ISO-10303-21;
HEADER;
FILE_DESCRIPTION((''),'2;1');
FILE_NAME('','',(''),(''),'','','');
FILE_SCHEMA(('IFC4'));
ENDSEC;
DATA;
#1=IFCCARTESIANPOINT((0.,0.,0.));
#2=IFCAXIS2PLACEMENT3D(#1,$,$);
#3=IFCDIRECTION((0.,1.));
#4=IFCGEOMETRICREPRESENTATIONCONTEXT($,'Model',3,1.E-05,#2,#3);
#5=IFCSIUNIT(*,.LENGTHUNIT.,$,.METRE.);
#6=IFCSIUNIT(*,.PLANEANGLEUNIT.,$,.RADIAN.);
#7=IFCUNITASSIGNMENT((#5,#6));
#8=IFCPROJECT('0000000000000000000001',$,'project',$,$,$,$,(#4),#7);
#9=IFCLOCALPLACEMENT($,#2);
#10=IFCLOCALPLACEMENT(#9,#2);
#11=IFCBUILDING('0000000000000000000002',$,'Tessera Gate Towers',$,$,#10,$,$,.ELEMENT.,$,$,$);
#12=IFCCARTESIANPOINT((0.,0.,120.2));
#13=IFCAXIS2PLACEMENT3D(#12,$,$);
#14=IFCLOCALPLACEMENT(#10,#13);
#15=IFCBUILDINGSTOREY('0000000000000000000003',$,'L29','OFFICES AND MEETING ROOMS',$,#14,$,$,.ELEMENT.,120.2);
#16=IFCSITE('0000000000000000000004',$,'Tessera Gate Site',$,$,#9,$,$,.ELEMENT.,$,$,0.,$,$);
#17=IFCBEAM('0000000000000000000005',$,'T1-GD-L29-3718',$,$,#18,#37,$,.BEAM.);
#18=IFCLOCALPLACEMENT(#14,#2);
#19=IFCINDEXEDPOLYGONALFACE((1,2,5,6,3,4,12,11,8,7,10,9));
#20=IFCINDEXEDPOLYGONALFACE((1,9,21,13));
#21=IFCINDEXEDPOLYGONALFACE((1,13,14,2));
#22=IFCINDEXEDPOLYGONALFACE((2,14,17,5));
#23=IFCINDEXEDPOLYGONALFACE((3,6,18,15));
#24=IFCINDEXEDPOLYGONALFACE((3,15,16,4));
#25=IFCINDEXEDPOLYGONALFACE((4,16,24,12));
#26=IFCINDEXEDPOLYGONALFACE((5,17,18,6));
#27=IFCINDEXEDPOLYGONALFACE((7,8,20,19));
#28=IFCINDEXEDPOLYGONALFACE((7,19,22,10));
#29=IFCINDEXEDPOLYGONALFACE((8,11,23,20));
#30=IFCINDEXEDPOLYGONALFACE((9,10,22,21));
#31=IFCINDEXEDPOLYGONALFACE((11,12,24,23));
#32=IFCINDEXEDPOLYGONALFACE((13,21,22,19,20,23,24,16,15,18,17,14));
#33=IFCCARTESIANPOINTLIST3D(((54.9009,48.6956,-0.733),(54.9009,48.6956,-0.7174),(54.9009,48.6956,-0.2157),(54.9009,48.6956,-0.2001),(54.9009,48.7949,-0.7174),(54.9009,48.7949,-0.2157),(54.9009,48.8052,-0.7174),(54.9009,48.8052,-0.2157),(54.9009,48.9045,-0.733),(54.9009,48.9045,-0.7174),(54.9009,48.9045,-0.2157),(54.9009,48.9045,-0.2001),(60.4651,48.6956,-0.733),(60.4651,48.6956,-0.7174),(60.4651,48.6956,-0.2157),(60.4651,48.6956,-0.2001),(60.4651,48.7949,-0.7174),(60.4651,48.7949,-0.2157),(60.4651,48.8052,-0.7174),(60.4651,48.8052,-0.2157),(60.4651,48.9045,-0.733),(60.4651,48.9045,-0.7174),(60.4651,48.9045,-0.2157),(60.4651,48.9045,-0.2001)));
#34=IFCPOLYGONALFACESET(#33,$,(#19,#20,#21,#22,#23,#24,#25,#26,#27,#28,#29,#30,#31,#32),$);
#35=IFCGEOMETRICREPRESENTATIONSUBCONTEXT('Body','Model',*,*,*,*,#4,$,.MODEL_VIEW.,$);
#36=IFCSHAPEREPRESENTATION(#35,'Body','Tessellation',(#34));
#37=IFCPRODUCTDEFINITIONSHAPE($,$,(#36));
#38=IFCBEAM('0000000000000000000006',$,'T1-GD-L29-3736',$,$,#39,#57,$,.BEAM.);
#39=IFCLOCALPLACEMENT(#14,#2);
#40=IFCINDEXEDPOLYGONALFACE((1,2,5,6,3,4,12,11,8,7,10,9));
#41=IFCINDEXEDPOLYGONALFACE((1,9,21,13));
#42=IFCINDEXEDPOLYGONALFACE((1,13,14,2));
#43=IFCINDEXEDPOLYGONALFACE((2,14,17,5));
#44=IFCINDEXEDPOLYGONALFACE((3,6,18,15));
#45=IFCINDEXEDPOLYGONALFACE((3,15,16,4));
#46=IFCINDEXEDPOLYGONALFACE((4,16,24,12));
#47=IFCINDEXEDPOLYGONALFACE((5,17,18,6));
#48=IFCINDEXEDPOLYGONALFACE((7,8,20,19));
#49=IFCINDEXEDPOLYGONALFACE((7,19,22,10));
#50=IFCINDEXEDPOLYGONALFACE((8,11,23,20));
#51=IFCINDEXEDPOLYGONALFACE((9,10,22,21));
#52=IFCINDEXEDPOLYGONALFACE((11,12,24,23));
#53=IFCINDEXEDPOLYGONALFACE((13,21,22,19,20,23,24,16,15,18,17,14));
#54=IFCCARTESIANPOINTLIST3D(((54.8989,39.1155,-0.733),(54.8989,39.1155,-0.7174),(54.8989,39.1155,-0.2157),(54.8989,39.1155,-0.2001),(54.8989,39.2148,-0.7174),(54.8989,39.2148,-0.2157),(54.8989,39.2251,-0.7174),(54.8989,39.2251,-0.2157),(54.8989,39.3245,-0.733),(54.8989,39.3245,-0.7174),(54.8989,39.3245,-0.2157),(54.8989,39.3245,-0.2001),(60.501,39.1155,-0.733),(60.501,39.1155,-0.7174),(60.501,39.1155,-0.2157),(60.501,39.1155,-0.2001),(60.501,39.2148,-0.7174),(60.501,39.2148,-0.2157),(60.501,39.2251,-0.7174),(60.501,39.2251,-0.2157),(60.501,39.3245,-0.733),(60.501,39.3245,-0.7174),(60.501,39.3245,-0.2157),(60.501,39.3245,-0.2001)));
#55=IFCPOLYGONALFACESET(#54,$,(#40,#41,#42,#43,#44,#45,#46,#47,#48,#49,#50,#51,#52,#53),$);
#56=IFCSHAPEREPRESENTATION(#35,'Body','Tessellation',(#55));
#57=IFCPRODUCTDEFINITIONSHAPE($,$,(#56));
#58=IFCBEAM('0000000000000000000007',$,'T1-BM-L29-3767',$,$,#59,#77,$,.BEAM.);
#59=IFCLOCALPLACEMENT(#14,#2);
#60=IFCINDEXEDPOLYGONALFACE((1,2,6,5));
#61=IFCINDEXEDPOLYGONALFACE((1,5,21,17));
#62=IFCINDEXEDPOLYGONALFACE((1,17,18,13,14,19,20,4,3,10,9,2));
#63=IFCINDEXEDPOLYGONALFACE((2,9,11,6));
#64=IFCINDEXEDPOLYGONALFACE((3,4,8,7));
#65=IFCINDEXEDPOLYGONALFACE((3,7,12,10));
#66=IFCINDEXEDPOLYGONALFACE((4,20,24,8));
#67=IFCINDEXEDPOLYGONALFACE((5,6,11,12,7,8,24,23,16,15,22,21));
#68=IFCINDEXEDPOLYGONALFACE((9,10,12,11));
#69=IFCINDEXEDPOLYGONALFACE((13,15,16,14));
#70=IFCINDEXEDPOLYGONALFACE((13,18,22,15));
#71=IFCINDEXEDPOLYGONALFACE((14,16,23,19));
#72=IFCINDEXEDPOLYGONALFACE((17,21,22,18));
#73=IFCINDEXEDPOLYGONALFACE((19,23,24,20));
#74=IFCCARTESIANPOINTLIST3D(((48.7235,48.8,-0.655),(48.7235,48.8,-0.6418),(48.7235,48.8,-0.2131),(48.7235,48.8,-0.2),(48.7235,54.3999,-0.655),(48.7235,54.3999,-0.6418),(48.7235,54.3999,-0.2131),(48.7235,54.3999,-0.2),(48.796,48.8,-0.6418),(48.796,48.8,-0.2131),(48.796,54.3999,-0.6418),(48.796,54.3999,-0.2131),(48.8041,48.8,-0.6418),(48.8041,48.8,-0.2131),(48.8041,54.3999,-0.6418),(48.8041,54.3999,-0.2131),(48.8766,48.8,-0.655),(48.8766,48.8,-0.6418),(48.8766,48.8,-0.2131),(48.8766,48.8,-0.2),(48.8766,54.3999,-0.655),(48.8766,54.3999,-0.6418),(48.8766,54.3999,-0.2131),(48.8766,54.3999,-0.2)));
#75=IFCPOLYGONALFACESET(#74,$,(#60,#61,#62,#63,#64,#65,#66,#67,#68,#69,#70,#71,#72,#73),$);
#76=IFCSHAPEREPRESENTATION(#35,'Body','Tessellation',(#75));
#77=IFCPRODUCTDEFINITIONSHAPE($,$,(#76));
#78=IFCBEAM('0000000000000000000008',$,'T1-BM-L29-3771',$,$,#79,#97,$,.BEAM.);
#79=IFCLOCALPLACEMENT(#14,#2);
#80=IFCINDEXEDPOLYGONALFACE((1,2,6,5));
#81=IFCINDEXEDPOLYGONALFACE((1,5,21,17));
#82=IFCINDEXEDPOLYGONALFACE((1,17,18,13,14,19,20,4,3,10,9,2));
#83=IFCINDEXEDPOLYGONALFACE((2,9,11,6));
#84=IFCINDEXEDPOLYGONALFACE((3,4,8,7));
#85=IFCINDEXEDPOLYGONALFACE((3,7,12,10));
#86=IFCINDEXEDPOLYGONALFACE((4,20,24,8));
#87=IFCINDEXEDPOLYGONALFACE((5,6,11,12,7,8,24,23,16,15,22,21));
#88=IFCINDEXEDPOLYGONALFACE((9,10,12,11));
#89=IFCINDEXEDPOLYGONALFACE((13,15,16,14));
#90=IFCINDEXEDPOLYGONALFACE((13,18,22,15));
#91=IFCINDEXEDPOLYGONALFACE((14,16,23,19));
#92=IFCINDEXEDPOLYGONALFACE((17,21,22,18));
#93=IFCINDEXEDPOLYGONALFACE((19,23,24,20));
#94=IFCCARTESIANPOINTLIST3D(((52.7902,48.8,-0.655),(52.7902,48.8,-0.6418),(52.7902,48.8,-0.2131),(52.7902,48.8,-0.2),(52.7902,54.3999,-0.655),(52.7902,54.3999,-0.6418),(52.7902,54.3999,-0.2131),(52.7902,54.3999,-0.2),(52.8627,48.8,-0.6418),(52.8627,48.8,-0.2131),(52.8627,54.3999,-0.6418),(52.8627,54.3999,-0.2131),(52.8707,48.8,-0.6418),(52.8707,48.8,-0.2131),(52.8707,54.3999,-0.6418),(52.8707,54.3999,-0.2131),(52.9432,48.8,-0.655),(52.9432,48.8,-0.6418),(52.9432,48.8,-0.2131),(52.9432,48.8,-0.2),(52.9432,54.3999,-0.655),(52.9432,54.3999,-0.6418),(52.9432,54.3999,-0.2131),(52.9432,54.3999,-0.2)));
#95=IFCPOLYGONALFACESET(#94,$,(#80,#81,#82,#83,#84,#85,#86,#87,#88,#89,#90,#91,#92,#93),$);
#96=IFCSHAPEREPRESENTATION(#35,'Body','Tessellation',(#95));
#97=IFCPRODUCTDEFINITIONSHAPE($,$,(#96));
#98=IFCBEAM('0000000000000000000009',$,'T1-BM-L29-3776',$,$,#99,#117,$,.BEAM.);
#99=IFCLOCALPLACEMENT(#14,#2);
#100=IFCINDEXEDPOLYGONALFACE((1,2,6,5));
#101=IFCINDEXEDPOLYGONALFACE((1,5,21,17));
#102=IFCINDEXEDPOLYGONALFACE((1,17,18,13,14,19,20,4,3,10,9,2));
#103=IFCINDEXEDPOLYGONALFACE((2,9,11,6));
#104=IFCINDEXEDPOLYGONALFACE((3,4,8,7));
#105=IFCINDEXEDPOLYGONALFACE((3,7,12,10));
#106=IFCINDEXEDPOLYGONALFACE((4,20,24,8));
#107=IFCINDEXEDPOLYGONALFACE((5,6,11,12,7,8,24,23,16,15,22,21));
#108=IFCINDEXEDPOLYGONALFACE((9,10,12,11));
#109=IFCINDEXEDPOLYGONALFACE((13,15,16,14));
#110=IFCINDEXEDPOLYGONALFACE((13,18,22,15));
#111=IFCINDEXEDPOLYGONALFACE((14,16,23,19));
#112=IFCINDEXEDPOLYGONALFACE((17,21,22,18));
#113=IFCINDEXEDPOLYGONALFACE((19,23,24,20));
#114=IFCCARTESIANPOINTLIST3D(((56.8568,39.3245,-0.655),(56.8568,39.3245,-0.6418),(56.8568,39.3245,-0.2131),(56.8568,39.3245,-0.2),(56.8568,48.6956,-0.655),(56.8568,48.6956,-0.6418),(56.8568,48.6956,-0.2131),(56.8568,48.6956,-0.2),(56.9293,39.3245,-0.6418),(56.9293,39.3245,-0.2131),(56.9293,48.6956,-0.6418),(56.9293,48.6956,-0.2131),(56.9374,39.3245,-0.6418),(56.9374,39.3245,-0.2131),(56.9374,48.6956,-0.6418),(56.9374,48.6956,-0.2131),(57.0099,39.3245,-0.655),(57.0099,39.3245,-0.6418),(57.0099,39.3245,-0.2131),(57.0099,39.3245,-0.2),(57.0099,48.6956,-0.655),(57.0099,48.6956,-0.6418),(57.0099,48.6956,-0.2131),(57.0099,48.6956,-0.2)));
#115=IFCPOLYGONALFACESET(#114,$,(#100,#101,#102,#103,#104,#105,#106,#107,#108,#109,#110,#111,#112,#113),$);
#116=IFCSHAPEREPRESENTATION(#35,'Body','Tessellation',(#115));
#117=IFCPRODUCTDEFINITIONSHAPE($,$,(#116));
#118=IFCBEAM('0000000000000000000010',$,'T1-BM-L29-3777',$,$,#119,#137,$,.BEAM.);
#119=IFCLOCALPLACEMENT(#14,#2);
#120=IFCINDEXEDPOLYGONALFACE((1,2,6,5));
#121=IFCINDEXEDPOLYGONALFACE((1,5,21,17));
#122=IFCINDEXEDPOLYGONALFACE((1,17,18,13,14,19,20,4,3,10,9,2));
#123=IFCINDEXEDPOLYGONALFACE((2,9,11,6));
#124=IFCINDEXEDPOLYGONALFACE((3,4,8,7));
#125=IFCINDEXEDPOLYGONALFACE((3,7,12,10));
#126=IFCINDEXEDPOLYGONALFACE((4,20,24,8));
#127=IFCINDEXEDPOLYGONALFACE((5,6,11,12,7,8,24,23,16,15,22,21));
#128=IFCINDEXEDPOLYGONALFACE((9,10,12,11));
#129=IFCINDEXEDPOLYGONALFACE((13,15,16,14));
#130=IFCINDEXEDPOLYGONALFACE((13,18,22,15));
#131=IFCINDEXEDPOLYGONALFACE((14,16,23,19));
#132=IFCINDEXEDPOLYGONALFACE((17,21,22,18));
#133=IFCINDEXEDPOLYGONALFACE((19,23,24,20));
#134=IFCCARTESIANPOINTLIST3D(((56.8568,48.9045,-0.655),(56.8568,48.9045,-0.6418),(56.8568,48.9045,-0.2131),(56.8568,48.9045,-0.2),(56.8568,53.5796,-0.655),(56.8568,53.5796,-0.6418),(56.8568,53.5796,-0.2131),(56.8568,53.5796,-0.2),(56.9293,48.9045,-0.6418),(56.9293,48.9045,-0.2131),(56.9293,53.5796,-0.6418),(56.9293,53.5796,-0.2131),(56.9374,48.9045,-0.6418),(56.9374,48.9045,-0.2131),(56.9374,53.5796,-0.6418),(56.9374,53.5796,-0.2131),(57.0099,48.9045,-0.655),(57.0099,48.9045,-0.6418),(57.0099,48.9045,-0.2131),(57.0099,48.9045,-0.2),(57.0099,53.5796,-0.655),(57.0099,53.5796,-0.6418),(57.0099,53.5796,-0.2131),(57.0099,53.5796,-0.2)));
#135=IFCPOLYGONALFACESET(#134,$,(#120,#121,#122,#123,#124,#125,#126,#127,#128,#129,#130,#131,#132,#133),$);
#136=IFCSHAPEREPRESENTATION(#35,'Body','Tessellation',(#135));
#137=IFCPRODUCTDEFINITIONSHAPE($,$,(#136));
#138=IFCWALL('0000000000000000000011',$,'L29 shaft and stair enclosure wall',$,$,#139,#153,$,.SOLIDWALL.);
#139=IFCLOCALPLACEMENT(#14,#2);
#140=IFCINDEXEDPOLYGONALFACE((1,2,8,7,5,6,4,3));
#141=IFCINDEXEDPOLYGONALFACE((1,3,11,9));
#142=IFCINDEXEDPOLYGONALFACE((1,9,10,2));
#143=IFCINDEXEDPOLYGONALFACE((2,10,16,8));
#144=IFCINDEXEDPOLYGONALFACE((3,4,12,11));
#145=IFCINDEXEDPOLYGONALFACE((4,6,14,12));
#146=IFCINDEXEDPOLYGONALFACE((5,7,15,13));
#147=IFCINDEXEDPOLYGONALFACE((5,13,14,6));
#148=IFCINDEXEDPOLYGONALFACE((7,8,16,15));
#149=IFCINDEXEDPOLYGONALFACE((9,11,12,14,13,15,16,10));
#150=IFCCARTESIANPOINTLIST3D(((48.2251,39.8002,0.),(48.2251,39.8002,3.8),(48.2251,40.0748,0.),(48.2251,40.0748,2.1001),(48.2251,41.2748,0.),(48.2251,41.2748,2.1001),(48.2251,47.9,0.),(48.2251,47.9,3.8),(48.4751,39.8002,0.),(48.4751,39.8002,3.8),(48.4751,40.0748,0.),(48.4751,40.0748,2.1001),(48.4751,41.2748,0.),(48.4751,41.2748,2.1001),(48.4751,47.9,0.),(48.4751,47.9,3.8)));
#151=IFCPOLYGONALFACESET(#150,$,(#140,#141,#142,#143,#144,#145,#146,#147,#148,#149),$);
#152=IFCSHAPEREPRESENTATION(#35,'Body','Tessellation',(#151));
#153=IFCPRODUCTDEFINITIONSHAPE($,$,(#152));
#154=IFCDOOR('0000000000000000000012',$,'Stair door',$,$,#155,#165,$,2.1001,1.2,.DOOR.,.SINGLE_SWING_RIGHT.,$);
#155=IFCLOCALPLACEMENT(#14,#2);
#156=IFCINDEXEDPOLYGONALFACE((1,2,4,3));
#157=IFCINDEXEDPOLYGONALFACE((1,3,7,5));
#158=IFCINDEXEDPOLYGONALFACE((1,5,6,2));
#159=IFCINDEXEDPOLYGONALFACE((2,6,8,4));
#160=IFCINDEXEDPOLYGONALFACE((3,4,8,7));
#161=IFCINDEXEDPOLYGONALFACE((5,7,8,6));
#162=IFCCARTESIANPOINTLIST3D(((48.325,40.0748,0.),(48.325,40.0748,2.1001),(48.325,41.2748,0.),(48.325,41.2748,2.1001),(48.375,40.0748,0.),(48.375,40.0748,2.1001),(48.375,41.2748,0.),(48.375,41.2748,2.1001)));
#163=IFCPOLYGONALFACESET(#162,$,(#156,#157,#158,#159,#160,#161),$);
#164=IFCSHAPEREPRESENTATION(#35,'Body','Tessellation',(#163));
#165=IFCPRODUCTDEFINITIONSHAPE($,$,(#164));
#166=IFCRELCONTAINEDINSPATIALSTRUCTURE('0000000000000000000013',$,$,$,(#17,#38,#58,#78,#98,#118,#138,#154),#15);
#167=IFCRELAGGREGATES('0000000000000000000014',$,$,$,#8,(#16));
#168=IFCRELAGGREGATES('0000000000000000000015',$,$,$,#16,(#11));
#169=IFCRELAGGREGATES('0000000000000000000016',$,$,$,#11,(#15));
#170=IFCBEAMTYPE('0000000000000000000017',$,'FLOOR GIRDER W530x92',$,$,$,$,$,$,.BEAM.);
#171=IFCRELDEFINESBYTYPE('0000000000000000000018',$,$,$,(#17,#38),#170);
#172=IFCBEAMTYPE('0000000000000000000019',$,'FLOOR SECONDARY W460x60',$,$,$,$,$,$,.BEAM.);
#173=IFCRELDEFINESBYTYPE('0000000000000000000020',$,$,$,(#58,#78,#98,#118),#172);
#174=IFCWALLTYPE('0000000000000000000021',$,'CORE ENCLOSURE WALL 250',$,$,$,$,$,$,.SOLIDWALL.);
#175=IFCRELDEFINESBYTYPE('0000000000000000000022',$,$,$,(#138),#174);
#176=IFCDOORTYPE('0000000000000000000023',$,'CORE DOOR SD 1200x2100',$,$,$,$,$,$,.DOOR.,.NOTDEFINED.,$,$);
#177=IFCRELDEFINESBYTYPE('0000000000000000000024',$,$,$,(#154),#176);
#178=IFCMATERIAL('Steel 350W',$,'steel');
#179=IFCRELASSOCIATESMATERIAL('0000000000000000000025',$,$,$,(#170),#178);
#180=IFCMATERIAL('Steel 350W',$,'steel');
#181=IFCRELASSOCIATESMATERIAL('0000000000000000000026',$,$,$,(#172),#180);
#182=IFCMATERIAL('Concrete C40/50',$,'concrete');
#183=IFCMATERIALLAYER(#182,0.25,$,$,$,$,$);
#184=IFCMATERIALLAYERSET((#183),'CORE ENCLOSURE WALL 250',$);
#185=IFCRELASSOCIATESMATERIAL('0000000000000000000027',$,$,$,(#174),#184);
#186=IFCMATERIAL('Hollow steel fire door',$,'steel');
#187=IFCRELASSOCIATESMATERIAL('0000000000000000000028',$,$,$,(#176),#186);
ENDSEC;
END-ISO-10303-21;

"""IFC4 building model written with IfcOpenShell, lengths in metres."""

from ifc_helpers import new_model, si_unit, direction, frame, frame_2d, origin, origin_2d, place, context, subcontext, project, spatial, rectangle, i_section, extrude, source, transform, mapped, material, layer, layer_set, material_profile, profile_set, type_object, element, fill, save


model = new_model("IFC4")

# Units and contexts
model_context = context("Model", 3, precision=1e-05, world=origin(), true_north=direction((0.0, 1.0)))
body_context = subcontext(model_context, "Body", "Model", "MODEL_VIEW")
ifc_project = project(units=[si_unit("LENGTHUNIT", "METRE"), si_unit("PLANEANGLEUNIT", "RADIAN")], contexts=[model_context])

# Site, building, storey
site_placement = place(None, origin())
site = spatial("IfcSite", under=ifc_project, at=site_placement, Name="Tessera Gate Site", CompositionType="ELEMENT", RefElevation=0.0)
building_placement = place(site_placement, origin())
building = spatial("IfcBuilding", under=site, at=building_placement, Name="Tessera Gate Towers", CompositionType="ELEMENT")
storey_placement = place(building_placement, frame((0.0, 0.0, 120.2)))
storey = spatial("IfcBuildingStorey", under=building, at=storey_placement, Name="L29", Description="OFFICES AND MEETING ROOMS", CompositionType="ELEMENT", Elevation=120.2)

# Beams
ifc_material_1 = material(Name="Steel 350W", Category="steel")
ifc_material_profile_1 = material_profile(ifc_material_1, i_section(OverallWidth=0.209, OverallDepth=0.533, WebThickness=0.0103, FlangeThickness=0.0156, at=origin_2d()), Name="W530x92")
ifc_profile_set_1 = profile_set([ifc_material_profile_1], Name="Steel 350W")
beam_type_1 = type_object("IfcBeamType", Name="FLOOR GIRDER W530x92", PredefinedType="BEAM", material=ifc_profile_set_1)
beam_1_placement = place(storey_placement, frame((54.9009, 48.8, -0.4666), z_axis=(1.0, 0.0, 0.0), x_axis=(0.0, 1.0, 0.0)))
element("IfcBeam", 1, at=beam_1_placement, inside=storey, type_object=beam_type_1, Name="T1-GD-L29-3718", PredefinedType="BEAM", context=body_context, shape_type="SweptSolid", body=[
    extrude(i_section(OverallWidth=0.209, OverallDepth=0.533, WebThickness=0.0103, FlangeThickness=0.0156, at=origin_2d()), origin(), (0.0, 0.0, 1.0), 5.5642),
])
beam_2_placement = place(storey_placement, frame((54.8989, 39.22, -0.4666), z_axis=(1.0, 0.0, 0.0), x_axis=(0.0, 1.0, 0.0)))
element("IfcBeam", 2, at=beam_2_placement, inside=storey, type_object=beam_type_1, Name="T1-GD-L29-3736", PredefinedType="BEAM", context=body_context, shape_type="SweptSolid", body=[
    extrude(i_section(OverallWidth=0.209, OverallDepth=0.533, WebThickness=0.0103, FlangeThickness=0.0156, at=origin_2d()), origin(), (0.0, 0.0, 1.0), 5.6021),
])
ifc_material_2 = material(Name="Steel 350W", Category="steel")
ifc_material_profile_2 = material_profile(ifc_material_2, i_section(OverallWidth=0.1531, OverallDepth=0.4551, WebThickness=0.0081, FlangeThickness=0.0132, at=origin_2d()), Name="W460x60")
ifc_profile_set_2 = profile_set([ifc_material_profile_2], Name="Steel 350W")
beam_type_2 = type_object("IfcBeamType", Name="FLOOR SECONDARY W460x60", PredefinedType="BEAM", material=ifc_profile_set_2)
for number, where, z_axis, x_axis, name in (
    (3, (48.8, 48.8, -0.4275), (0.0, 1.0, 0.0), (-1.0, 0.0, 0.0), "T1-BM-L29-3767"),
    (4, (52.8667, 48.8, -0.4275), (0.0, 1.0, 0.0), (-1.0, 0.0, 0.0), "T1-BM-L29-3771"),
):
    element("IfcBeam", number, at=place(storey_placement, frame(where, z_axis=z_axis, x_axis=x_axis)), inside=storey, type_object=beam_type_2, Name=name, PredefinedType="BEAM", context=body_context, shape_type="SweptSolid", body=[
        extrude(i_section(OverallWidth=0.1531, OverallDepth=0.4551, WebThickness=0.0081, FlangeThickness=0.0132, at=origin_2d()), origin(), (0.0, 0.0, 1.0), 5.5999),
    ])
beam_3_placement = place(storey_placement, frame((56.9333, 39.3245, -0.4275), z_axis=(0.0, 1.0, 0.0), x_axis=(-1.0, 0.0, 0.0)))
element("IfcBeam", 5, at=beam_3_placement, inside=storey, type_object=beam_type_2, Name="T1-BM-L29-3776", PredefinedType="BEAM", context=body_context, shape_type="SweptSolid", body=[
    extrude(i_section(OverallWidth=0.1531, OverallDepth=0.4551, WebThickness=0.0081, FlangeThickness=0.0132, at=origin_2d()), origin(), (0.0, 0.0, 1.0), 9.3711),
])
beam_4_placement = place(storey_placement, frame((56.9333, 48.9045, -0.4275), z_axis=(0.0, 1.0, 0.0), x_axis=(-1.0, 0.0, 0.0)))
element("IfcBeam", 6, at=beam_4_placement, inside=storey, type_object=beam_type_2, Name="T1-BM-L29-3777", PredefinedType="BEAM", context=body_context, shape_type="SweptSolid", body=[
    extrude(i_section(OverallWidth=0.1531, OverallDepth=0.4551, WebThickness=0.0081, FlangeThickness=0.0132, at=origin_2d()), origin(), (0.0, 0.0, 1.0), 4.675),
])

# Wall, opening, door
ifc_material_3 = material(Name="Concrete C40/50", Category="concrete")
ifc_layer_1 = layer(ifc_material_3, 0.25)
ifc_layer_set_1 = layer_set([ifc_layer_1], Name="CORE ENCLOSURE WALL 250")
wall_type_1 = type_object("IfcWallType", Name="CORE ENCLOSURE WALL 250", PredefinedType="SOLIDWALL", material=ifc_layer_set_1)
wall_1_placement = place(storey_placement, frame((48.3501, 47.8999, 0.0), z_axis=(0.0, 0.0, 1.0), x_axis=(0.0, -1.0, 0.0)))
wall_1 = element("IfcWall", 7, at=wall_1_placement, inside=storey, type_object=wall_type_1, Name="L29 shaft and stair enclosure wall", PredefinedType="SOLIDWALL", context=body_context, shape_type="SweptSolid", body=[
    extrude(rectangle(XDim=8.0999, YDim=0.25, at=frame_2d((4.0498, 0.0))), origin(), (0.0, 0.0, 1.0), 3.8),
])
shared_shape_1 = source(origin(), body_context, "Body", "SweptSolid", [
    extrude(rectangle(XDim=1.2, YDim=2.1001, at=frame_2d((0.6001, 1.05))), frame((0.0, 0.135, 0.0), z_axis=(0.0, -1.0, 0.0), x_axis=(1.0, 0.0, 0.0)), (0.0, 0.0, 1.0), 0.27),
])
opening_1_placement = place(wall_1_placement, frame((6.625, 0.0, 0.0)))
opening_1 = element("IfcOpeningElement", 8, at=opening_1_placement, cuts=wall_1, PredefinedType="OPENING", context=body_context, shape_type="MappedRepresentation", body=[
    mapped(shared_shape_1, transform((0.0, 0.0, 0.0), scale=1.0)),
])
ifc_material_4 = material(Name="Hollow steel fire door", Category="steel")
door_type_1 = type_object("IfcDoorType", Name="CORE DOOR SD 1200x2100", OperationType="NOTDEFINED", PredefinedType="DOOR", material=ifc_material_4)
shared_shape_2 = source(origin(), body_context, "Body", "SweptSolid", [
    extrude(rectangle(XDim=1.2, YDim=2.1001, at=frame_2d((0.6001, 1.05))), frame((0.0, 0.0249, 0.0), z_axis=(0.0, -1.0, 0.0), x_axis=(1.0, 0.0, 0.0)), (0.0, 0.0, 1.0), 0.05),
])
door_1_placement = place(opening_1_placement, origin())
door_1 = element("IfcDoor", 9, at=door_1_placement, inside=storey, type_object=door_type_1, Name="Stair door", OperationType="SINGLE_SWING_RIGHT", OverallHeight=2.1001, OverallWidth=1.2, PredefinedType="DOOR", context=body_context, shape_type="MappedRepresentation", body=[
    mapped(shared_shape_2, transform((0.0, 0.0, 0.0), scale=1.0)),
])
fill(opening_1, door_1)

save(model, "model.ifc")
